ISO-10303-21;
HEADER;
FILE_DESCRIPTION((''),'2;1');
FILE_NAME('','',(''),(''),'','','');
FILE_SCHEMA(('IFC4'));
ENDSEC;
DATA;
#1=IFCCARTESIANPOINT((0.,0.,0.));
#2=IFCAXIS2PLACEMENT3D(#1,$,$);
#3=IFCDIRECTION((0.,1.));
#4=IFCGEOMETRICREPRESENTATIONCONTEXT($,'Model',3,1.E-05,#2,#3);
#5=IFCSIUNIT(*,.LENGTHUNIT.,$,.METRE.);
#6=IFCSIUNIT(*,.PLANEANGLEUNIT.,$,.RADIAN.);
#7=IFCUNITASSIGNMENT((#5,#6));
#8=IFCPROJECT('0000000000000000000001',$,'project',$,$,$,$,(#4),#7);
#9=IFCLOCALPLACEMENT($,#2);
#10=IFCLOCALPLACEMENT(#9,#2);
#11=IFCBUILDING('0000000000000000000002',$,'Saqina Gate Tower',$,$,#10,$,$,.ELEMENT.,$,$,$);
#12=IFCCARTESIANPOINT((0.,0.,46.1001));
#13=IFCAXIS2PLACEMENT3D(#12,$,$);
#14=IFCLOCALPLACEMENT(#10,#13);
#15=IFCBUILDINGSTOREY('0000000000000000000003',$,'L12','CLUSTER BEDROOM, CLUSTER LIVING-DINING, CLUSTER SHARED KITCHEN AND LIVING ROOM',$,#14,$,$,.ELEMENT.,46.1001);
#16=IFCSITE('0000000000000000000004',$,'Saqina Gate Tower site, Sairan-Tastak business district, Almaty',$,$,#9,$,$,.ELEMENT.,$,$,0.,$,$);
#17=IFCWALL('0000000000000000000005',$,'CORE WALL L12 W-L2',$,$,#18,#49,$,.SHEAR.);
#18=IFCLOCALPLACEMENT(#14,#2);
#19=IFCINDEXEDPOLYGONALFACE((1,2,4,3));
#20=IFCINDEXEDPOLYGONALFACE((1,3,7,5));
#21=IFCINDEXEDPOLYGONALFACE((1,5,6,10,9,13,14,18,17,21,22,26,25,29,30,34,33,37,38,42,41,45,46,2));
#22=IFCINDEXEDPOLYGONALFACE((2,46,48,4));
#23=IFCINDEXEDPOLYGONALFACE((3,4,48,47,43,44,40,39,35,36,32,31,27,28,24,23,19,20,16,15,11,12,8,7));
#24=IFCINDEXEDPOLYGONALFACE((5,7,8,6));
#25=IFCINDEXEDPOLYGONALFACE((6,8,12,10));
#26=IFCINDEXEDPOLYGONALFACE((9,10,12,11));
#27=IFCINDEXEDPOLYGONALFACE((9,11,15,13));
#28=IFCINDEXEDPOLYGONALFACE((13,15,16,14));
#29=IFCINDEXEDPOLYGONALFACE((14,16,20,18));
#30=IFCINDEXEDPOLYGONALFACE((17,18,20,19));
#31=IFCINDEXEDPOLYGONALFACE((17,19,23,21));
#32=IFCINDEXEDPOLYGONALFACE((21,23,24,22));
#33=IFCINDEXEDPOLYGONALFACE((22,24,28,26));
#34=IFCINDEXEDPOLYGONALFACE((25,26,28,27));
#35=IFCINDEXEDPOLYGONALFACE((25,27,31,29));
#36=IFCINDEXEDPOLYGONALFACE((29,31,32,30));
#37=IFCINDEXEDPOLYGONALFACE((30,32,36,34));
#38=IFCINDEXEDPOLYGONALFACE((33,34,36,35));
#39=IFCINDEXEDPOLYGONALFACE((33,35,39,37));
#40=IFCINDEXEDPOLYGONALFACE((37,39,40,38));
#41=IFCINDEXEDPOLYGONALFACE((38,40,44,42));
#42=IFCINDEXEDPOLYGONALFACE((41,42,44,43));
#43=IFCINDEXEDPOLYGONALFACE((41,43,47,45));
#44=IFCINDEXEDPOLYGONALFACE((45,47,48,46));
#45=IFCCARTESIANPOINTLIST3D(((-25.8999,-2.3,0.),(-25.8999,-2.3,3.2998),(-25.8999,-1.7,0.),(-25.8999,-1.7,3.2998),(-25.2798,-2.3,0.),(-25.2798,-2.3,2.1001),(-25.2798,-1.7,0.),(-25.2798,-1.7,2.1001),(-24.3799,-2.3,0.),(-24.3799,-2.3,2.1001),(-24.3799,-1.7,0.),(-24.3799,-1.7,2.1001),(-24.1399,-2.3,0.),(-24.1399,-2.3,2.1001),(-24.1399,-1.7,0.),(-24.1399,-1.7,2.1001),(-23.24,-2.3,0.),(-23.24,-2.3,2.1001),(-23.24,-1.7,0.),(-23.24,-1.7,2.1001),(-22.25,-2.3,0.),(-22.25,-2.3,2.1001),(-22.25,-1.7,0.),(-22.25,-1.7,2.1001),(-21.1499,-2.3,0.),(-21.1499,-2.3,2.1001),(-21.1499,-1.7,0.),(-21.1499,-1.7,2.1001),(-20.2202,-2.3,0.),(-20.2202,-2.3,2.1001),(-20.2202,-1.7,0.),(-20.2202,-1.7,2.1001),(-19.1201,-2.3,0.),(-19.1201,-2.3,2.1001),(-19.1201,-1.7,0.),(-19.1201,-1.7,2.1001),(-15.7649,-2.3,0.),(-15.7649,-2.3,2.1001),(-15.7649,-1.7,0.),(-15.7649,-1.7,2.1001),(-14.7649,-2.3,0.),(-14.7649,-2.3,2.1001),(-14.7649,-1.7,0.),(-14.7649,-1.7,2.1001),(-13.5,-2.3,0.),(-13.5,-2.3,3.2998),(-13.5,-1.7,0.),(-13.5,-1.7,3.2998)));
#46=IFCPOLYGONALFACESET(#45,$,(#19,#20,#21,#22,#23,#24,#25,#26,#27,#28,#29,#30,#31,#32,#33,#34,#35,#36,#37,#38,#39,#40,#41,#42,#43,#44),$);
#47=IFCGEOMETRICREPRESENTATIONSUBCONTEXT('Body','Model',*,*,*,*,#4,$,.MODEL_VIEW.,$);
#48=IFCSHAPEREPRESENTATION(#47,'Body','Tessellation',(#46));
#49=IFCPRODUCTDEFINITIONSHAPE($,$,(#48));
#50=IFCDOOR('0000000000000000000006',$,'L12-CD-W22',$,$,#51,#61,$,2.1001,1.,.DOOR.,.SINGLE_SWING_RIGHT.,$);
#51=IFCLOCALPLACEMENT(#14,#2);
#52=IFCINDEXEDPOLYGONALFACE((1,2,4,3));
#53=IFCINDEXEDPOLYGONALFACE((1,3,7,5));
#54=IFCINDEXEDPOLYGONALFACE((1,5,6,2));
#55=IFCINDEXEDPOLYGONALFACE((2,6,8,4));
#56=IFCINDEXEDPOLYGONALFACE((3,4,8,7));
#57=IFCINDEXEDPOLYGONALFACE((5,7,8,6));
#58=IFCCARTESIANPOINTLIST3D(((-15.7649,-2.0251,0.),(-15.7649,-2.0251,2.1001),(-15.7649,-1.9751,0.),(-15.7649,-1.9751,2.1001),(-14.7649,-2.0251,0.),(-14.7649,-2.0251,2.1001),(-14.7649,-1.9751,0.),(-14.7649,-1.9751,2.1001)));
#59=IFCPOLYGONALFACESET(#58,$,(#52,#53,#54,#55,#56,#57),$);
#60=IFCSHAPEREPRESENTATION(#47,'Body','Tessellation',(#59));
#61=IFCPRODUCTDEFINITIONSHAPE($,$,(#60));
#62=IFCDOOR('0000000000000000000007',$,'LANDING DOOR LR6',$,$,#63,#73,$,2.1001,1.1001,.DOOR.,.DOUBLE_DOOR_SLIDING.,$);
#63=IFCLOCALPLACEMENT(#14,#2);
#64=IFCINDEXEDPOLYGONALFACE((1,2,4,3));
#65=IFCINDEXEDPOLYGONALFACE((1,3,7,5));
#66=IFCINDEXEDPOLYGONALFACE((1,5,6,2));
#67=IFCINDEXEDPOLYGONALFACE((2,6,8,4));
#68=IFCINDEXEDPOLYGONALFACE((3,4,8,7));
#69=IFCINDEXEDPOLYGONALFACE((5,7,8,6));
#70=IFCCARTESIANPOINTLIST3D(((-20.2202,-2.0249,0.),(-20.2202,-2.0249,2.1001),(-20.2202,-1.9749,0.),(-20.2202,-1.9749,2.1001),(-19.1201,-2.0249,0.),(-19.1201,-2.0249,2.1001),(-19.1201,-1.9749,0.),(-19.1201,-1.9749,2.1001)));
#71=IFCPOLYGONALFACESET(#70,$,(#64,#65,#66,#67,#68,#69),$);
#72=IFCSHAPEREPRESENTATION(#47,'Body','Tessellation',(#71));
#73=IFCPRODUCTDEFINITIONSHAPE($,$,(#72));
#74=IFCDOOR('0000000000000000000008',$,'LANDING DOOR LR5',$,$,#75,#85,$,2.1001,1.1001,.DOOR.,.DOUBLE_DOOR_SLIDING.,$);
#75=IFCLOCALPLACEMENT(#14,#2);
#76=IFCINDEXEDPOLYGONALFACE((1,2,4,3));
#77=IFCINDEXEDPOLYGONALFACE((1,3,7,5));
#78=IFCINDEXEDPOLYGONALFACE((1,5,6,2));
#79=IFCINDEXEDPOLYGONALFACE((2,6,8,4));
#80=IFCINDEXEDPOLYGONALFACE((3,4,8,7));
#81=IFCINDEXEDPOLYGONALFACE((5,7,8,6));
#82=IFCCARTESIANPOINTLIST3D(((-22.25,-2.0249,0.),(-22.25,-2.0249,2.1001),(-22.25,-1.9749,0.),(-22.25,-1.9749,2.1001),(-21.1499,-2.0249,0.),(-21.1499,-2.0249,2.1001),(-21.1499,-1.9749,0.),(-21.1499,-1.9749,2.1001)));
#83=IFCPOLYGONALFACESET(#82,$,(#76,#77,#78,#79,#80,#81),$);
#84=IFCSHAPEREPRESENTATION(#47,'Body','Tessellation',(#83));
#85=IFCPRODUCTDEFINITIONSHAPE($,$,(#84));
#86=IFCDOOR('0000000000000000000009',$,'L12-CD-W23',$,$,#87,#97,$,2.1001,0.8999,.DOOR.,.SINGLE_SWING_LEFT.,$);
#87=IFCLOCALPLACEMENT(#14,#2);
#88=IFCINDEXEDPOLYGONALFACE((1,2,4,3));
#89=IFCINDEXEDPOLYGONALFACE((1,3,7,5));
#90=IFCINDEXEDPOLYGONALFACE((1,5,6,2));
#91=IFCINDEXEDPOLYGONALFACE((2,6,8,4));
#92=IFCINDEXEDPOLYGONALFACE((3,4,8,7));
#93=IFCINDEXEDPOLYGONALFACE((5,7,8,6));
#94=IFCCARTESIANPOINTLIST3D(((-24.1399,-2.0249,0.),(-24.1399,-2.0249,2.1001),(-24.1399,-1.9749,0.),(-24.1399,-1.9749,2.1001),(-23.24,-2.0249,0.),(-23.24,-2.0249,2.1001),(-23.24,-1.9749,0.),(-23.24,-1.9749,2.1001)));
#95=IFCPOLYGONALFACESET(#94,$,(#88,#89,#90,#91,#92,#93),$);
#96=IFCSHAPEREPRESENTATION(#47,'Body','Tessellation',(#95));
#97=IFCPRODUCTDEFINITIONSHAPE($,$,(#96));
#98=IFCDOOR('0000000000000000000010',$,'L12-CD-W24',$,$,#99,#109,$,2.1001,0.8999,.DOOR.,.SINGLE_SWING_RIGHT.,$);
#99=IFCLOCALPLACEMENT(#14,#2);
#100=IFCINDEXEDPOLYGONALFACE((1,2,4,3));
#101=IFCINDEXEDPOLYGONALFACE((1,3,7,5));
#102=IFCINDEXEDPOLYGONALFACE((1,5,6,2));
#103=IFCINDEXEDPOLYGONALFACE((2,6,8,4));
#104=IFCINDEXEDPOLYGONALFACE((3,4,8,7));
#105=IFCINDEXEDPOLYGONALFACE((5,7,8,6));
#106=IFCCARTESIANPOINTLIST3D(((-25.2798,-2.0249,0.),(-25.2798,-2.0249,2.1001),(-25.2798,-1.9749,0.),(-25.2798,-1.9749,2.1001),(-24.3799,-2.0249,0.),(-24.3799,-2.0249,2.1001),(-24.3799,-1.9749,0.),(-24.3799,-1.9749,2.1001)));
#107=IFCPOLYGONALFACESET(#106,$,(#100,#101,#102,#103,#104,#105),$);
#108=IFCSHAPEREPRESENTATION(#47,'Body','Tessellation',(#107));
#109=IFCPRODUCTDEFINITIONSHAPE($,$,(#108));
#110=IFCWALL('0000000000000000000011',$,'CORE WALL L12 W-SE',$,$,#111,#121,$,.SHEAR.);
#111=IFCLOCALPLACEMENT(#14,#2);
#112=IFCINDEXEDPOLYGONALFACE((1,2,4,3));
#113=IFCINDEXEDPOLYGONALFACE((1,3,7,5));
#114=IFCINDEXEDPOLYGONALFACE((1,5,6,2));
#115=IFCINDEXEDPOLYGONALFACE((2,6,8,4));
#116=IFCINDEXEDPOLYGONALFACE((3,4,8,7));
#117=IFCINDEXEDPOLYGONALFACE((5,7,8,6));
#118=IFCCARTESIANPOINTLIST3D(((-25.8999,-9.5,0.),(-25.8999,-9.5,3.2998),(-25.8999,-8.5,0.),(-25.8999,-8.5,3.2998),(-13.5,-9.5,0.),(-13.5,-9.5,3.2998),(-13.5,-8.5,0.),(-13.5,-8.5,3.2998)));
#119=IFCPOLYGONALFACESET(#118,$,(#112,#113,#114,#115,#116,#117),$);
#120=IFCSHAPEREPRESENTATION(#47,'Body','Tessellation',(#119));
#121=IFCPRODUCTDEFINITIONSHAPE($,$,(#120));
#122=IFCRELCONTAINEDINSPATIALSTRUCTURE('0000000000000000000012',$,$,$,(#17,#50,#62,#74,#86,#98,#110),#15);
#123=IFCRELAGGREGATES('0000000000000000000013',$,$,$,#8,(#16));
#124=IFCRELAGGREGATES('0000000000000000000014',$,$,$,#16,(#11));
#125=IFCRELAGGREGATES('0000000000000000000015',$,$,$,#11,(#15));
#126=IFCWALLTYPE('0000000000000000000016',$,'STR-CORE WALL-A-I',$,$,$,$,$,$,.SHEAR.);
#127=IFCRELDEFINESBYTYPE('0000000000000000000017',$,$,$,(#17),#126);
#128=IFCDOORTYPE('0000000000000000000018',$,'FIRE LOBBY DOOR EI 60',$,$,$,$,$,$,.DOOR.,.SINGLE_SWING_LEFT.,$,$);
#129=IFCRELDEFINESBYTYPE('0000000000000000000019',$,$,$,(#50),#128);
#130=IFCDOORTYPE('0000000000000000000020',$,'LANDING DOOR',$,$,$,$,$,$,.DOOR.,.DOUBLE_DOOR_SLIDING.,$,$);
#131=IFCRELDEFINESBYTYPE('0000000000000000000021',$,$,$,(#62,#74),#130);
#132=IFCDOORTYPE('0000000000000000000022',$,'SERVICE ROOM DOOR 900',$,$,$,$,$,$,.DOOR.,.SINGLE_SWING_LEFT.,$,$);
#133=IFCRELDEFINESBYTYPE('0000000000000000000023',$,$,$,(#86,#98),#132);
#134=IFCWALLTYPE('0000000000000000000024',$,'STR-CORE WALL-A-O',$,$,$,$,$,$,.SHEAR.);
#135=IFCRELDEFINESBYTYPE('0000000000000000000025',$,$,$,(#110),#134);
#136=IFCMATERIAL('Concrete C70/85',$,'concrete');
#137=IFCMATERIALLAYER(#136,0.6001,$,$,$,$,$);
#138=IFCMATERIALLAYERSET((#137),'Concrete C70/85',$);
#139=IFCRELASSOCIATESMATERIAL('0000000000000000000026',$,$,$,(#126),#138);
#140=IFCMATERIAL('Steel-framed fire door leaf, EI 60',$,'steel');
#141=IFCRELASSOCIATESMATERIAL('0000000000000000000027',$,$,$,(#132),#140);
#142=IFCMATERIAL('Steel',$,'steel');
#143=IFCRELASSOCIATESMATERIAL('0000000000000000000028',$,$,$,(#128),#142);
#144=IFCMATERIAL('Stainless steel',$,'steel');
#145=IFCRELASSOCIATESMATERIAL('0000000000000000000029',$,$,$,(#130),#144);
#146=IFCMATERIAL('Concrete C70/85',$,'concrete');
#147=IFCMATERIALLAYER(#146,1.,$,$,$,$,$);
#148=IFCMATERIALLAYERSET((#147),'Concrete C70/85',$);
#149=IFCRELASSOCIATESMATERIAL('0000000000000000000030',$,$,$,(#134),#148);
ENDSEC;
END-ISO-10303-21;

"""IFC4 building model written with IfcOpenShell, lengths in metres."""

from ifc_helpers import new_model, si_unit, direction, frame, frame_2d, origin, place, context, subcontext, project, spatial, rectangle, extrude, material, layer, layer_set, type_object, element, fill, save


model = new_model("IFC4")

# Units and contexts
model_context = context("Model", 3, precision=1e-05, world=origin(), true_north=direction((0.0, 1.0)))
body_context = subcontext(model_context, "Body", "Model", "MODEL_VIEW")
ifc_project = project(units=[si_unit("LENGTHUNIT", "METRE"), si_unit("PLANEANGLEUNIT", "RADIAN")], contexts=[model_context])

# Site, building, storey
site_placement = place(None, origin())
site = spatial("IfcSite", under=ifc_project, at=site_placement, Name="Saqina Gate Tower site, Sairan-Tastak business district, Almaty", CompositionType="ELEMENT", RefElevation=0.0)
building_placement = place(site_placement, origin())
building = spatial("IfcBuilding", under=site, at=building_placement, Name="Saqina Gate Tower", CompositionType="ELEMENT")
storey_placement = place(building_placement, frame((0.0, 0.0, 46.1001)))
storey = spatial("IfcBuildingStorey", under=building, at=storey_placement, Name="L12", Description="CLUSTER BEDROOM, CLUSTER LIVING-DINING, CLUSTER SHARED KITCHEN AND LIVING ROOM", CompositionType="ELEMENT", Elevation=46.1001)

# Wall, openings, doors
ifc_material_1 = material(Name="Concrete C70/85", Category="concrete")
ifc_layer_1 = layer(ifc_material_1, 0.6001)
ifc_layer_set_1 = layer_set([ifc_layer_1], Name="Concrete C70/85")
wall_type_1 = type_object("IfcWallType", Name="STR-CORE WALL-A-I", PredefinedType="SHEAR", material=ifc_layer_set_1)
ifc_material_2 = material(Name="Steel-framed fire door leaf, EI 60", Category="steel")
door_type_1 = type_object("IfcDoorType", Name="SERVICE ROOM DOOR 900", OperationType="SINGLE_SWING_LEFT", PredefinedType="DOOR", material=ifc_material_2)
wall_1_placement = place(storey_placement, frame((-13.5, -2.0, 0.0), z_axis=(0.0, 0.0, 1.0), x_axis=(-1.0, 0.0, 0.0)))
wall_1 = element("IfcWall", 1, at=wall_1_placement, inside=storey, type_object=wall_type_1, Name="CORE WALL L12 W-L2", PredefinedType="SHEAR", context=body_context, shape_type="SweptSolid", body=[
    extrude(rectangle(XDim=12.3999, YDim=0.6001, at=frame_2d((6.2, 0.0))), origin(), (0.0, 0.0, 1.0), 3.2998),
])
opening_1_placement = place(wall_1_placement, frame((5.6201, 0.0, 0.0)))
opening_1 = element("IfcOpeningElement", 2, at=opening_1_placement, cuts=wall_1, PredefinedType="OPENING", context=body_context, shape_type="SweptSolid", body=[
    extrude(rectangle(XDim=1.1001, YDim=2.1001, at=frame_2d((0.55, 1.05))), frame((0.0, 0.312, 0.0), z_axis=(0.0, -1.0, 0.0), x_axis=(1.0, 0.0, 0.0)), (0.0, 0.0, 1.0), 0.624),
])
opening_2_placement = place(wall_1_placement, frame((7.6499, 0.0, 0.0)))
opening_2 = element("IfcOpeningElement", 3, at=opening_2_placement, cuts=wall_1, PredefinedType="OPENING", context=body_context, shape_type="SweptSolid", body=[
    extrude(rectangle(XDim=1.1001, YDim=2.1001, at=frame_2d((0.55, 1.05))), frame((0.0, 0.312, 0.0), z_axis=(0.0, -1.0, 0.0), x_axis=(1.0, 0.0, 0.0)), (0.0, 0.0, 1.0), 0.624),
])
opening_3_placement = place(wall_1_placement, frame((1.2649, 0.0, 0.0)))
opening_3 = element("IfcOpeningElement", 4, at=opening_3_placement, cuts=wall_1, PredefinedType="OPENING", context=body_context, shape_type="SweptSolid", body=[
    extrude(rectangle(XDim=1.0, YDim=2.1001, at=frame_2d((0.5, 1.05))), frame((0.0, 0.312, 0.0), z_axis=(0.0, -1.0, 0.0), x_axis=(1.0, 0.0, 0.0)), (0.0, 0.0, 1.0), 0.624),
])
opening_4_placement = place(wall_1_placement, frame((9.74, 0.0, 0.0)))
opening_4 = element("IfcOpeningElement", 5, at=opening_4_placement, cuts=wall_1, PredefinedType="OPENING", context=body_context, shape_type="SweptSolid", body=[
    extrude(rectangle(XDim=0.8999, YDim=2.1001, at=frame_2d((0.45, 1.05))), frame((0.0, 0.312, 0.0), z_axis=(0.0, -1.0, 0.0), x_axis=(1.0, 0.0, 0.0)), (0.0, 0.0, 1.0), 0.624),
])
opening_5_placement = place(wall_1_placement, frame((10.8799, 0.0, 0.0)))
opening_5 = element("IfcOpeningElement", 6, at=opening_5_placement, cuts=wall_1, PredefinedType="OPENING", context=body_context, shape_type="SweptSolid", body=[
    extrude(rectangle(XDim=0.8999, YDim=2.1001, at=frame_2d((0.45, 1.05))), frame((0.0, 0.312, 0.0), z_axis=(0.0, -1.0, 0.0), x_axis=(1.0, 0.0, 0.0)), (0.0, 0.0, 1.0), 0.624),
])
ifc_material_3 = material(Name="Steel", Category="steel")
door_type_2 = type_object("IfcDoorType", Name="FIRE LOBBY DOOR EI 60", OperationType="SINGLE_SWING_LEFT", PredefinedType="DOOR", material=ifc_material_3)
door_1_placement = place(opening_3_placement, frame((1.0, 0.0, 0.0), z_axis=(0.0, 0.0, 1.0), x_axis=(-1.0, 0.0, 0.0)))
door_1 = element("IfcDoor", 7, at=door_1_placement, inside=storey, type_object=door_type_2, Name="L12-CD-W22", OperationType="SINGLE_SWING_RIGHT", OverallHeight=2.1001, OverallWidth=1.0, PredefinedType="DOOR", context=body_context, shape_type="SweptSolid", body=[
    extrude(rectangle(XDim=1.0, YDim=2.1001, at=frame_2d((0.5, 1.05))), frame((0.0, 0.0249, 0.0), z_axis=(0.0, -1.0, 0.0), x_axis=(1.0, 0.0, 0.0)), (0.0, 0.0, 1.0), 0.05),
])
fill(opening_3, door_1)
ifc_material_4 = material(Name="Stainless steel", Category="steel")
door_type_3 = type_object("IfcDoorType", Name="LANDING DOOR", OperationType="DOUBLE_DOOR_SLIDING", PredefinedType="DOOR", material=ifc_material_4)
door_2_placement = place(opening_1_placement, origin())
door_2 = element("IfcDoor", 8, at=door_2_placement, inside=storey, type_object=door_type_3, Name="LANDING DOOR LR6", OperationType="DOUBLE_DOOR_SLIDING", OverallHeight=2.1001, OverallWidth=1.1001, PredefinedType="DOOR", context=body_context, shape_type="SweptSolid", body=[
    extrude(rectangle(XDim=1.1001, YDim=2.1001, at=frame_2d((0.55, 1.05))), frame((0.0, 0.0249, 0.0), z_axis=(0.0, -1.0, 0.0), x_axis=(1.0, 0.0, 0.0)), (0.0, 0.0, 1.0), 0.05),
])
fill(opening_1, door_2)
door_3_placement = place(opening_2_placement, origin())
door_3 = element("IfcDoor", 9, at=door_3_placement, inside=storey, type_object=door_type_3, Name="LANDING DOOR LR5", OperationType="DOUBLE_DOOR_SLIDING", OverallHeight=2.1001, OverallWidth=1.1001, PredefinedType="DOOR", context=body_context, shape_type="SweptSolid", body=[
    extrude(rectangle(XDim=1.1001, YDim=2.1001, at=frame_2d((0.55, 1.05))), frame((0.0, 0.0249, 0.0), z_axis=(0.0, -1.0, 0.0), x_axis=(1.0, 0.0, 0.0)), (0.0, 0.0, 1.0), 0.05),
])
fill(opening_2, door_3)
door_4_placement = place(opening_4_placement, origin())
door_4 = element("IfcDoor", 10, at=door_4_placement, inside=storey, type_object=door_type_1, Name="L12-CD-W23", OperationType="SINGLE_SWING_LEFT", OverallHeight=2.1001, OverallWidth=0.8999, PredefinedType="DOOR", context=body_context, shape_type="SweptSolid", body=[
    extrude(rectangle(XDim=0.8999, YDim=2.1001, at=frame_2d((0.45, 1.05))), frame((0.0, 0.0249, 0.0), z_axis=(0.0, -1.0, 0.0), x_axis=(1.0, 0.0, 0.0)), (0.0, 0.0, 1.0), 0.05),
])
fill(opening_4, door_4)
door_5_placement = place(opening_5_placement, origin())
door_5 = element("IfcDoor", 11, at=door_5_placement, inside=storey, type_object=door_type_1, Name="L12-CD-W24", OperationType="SINGLE_SWING_RIGHT", OverallHeight=2.1001, OverallWidth=0.8999, PredefinedType="DOOR", context=body_context, shape_type="SweptSolid", body=[
    extrude(rectangle(XDim=0.8999, YDim=2.1001, at=frame_2d((0.45, 1.05))), frame((0.0, 0.0249, 0.0), z_axis=(0.0, -1.0, 0.0), x_axis=(1.0, 0.0, 0.0)), (0.0, 0.0, 1.0), 0.05),
])
fill(opening_5, door_5)

# Wall
ifc_material_5 = material(Name="Concrete C70/85", Category="concrete")
ifc_layer_2 = layer(ifc_material_5, 1.0)
ifc_layer_set_2 = layer_set([ifc_layer_2], Name="Concrete C70/85")
wall_type_2 = type_object("IfcWallType", Name="STR-CORE WALL-A-O", PredefinedType="SHEAR", material=ifc_layer_set_2)
wall_2_placement = place(storey_placement, frame((-13.5, -9.0, 0.0), z_axis=(0.0, 0.0, 1.0), x_axis=(-1.0, 0.0, 0.0)))
element("IfcWall", 12, at=wall_2_placement, inside=storey, type_object=wall_type_2, Name="CORE WALL L12 W-SE", PredefinedType="SHEAR", context=body_context, shape_type="SweptSolid", body=[
    extrude(rectangle(XDim=12.3999, YDim=1.0, at=frame_2d((6.2, 0.0))), origin(), (0.0, 0.0, 1.0), 3.2998),
])

save(model, "model.ifc")
